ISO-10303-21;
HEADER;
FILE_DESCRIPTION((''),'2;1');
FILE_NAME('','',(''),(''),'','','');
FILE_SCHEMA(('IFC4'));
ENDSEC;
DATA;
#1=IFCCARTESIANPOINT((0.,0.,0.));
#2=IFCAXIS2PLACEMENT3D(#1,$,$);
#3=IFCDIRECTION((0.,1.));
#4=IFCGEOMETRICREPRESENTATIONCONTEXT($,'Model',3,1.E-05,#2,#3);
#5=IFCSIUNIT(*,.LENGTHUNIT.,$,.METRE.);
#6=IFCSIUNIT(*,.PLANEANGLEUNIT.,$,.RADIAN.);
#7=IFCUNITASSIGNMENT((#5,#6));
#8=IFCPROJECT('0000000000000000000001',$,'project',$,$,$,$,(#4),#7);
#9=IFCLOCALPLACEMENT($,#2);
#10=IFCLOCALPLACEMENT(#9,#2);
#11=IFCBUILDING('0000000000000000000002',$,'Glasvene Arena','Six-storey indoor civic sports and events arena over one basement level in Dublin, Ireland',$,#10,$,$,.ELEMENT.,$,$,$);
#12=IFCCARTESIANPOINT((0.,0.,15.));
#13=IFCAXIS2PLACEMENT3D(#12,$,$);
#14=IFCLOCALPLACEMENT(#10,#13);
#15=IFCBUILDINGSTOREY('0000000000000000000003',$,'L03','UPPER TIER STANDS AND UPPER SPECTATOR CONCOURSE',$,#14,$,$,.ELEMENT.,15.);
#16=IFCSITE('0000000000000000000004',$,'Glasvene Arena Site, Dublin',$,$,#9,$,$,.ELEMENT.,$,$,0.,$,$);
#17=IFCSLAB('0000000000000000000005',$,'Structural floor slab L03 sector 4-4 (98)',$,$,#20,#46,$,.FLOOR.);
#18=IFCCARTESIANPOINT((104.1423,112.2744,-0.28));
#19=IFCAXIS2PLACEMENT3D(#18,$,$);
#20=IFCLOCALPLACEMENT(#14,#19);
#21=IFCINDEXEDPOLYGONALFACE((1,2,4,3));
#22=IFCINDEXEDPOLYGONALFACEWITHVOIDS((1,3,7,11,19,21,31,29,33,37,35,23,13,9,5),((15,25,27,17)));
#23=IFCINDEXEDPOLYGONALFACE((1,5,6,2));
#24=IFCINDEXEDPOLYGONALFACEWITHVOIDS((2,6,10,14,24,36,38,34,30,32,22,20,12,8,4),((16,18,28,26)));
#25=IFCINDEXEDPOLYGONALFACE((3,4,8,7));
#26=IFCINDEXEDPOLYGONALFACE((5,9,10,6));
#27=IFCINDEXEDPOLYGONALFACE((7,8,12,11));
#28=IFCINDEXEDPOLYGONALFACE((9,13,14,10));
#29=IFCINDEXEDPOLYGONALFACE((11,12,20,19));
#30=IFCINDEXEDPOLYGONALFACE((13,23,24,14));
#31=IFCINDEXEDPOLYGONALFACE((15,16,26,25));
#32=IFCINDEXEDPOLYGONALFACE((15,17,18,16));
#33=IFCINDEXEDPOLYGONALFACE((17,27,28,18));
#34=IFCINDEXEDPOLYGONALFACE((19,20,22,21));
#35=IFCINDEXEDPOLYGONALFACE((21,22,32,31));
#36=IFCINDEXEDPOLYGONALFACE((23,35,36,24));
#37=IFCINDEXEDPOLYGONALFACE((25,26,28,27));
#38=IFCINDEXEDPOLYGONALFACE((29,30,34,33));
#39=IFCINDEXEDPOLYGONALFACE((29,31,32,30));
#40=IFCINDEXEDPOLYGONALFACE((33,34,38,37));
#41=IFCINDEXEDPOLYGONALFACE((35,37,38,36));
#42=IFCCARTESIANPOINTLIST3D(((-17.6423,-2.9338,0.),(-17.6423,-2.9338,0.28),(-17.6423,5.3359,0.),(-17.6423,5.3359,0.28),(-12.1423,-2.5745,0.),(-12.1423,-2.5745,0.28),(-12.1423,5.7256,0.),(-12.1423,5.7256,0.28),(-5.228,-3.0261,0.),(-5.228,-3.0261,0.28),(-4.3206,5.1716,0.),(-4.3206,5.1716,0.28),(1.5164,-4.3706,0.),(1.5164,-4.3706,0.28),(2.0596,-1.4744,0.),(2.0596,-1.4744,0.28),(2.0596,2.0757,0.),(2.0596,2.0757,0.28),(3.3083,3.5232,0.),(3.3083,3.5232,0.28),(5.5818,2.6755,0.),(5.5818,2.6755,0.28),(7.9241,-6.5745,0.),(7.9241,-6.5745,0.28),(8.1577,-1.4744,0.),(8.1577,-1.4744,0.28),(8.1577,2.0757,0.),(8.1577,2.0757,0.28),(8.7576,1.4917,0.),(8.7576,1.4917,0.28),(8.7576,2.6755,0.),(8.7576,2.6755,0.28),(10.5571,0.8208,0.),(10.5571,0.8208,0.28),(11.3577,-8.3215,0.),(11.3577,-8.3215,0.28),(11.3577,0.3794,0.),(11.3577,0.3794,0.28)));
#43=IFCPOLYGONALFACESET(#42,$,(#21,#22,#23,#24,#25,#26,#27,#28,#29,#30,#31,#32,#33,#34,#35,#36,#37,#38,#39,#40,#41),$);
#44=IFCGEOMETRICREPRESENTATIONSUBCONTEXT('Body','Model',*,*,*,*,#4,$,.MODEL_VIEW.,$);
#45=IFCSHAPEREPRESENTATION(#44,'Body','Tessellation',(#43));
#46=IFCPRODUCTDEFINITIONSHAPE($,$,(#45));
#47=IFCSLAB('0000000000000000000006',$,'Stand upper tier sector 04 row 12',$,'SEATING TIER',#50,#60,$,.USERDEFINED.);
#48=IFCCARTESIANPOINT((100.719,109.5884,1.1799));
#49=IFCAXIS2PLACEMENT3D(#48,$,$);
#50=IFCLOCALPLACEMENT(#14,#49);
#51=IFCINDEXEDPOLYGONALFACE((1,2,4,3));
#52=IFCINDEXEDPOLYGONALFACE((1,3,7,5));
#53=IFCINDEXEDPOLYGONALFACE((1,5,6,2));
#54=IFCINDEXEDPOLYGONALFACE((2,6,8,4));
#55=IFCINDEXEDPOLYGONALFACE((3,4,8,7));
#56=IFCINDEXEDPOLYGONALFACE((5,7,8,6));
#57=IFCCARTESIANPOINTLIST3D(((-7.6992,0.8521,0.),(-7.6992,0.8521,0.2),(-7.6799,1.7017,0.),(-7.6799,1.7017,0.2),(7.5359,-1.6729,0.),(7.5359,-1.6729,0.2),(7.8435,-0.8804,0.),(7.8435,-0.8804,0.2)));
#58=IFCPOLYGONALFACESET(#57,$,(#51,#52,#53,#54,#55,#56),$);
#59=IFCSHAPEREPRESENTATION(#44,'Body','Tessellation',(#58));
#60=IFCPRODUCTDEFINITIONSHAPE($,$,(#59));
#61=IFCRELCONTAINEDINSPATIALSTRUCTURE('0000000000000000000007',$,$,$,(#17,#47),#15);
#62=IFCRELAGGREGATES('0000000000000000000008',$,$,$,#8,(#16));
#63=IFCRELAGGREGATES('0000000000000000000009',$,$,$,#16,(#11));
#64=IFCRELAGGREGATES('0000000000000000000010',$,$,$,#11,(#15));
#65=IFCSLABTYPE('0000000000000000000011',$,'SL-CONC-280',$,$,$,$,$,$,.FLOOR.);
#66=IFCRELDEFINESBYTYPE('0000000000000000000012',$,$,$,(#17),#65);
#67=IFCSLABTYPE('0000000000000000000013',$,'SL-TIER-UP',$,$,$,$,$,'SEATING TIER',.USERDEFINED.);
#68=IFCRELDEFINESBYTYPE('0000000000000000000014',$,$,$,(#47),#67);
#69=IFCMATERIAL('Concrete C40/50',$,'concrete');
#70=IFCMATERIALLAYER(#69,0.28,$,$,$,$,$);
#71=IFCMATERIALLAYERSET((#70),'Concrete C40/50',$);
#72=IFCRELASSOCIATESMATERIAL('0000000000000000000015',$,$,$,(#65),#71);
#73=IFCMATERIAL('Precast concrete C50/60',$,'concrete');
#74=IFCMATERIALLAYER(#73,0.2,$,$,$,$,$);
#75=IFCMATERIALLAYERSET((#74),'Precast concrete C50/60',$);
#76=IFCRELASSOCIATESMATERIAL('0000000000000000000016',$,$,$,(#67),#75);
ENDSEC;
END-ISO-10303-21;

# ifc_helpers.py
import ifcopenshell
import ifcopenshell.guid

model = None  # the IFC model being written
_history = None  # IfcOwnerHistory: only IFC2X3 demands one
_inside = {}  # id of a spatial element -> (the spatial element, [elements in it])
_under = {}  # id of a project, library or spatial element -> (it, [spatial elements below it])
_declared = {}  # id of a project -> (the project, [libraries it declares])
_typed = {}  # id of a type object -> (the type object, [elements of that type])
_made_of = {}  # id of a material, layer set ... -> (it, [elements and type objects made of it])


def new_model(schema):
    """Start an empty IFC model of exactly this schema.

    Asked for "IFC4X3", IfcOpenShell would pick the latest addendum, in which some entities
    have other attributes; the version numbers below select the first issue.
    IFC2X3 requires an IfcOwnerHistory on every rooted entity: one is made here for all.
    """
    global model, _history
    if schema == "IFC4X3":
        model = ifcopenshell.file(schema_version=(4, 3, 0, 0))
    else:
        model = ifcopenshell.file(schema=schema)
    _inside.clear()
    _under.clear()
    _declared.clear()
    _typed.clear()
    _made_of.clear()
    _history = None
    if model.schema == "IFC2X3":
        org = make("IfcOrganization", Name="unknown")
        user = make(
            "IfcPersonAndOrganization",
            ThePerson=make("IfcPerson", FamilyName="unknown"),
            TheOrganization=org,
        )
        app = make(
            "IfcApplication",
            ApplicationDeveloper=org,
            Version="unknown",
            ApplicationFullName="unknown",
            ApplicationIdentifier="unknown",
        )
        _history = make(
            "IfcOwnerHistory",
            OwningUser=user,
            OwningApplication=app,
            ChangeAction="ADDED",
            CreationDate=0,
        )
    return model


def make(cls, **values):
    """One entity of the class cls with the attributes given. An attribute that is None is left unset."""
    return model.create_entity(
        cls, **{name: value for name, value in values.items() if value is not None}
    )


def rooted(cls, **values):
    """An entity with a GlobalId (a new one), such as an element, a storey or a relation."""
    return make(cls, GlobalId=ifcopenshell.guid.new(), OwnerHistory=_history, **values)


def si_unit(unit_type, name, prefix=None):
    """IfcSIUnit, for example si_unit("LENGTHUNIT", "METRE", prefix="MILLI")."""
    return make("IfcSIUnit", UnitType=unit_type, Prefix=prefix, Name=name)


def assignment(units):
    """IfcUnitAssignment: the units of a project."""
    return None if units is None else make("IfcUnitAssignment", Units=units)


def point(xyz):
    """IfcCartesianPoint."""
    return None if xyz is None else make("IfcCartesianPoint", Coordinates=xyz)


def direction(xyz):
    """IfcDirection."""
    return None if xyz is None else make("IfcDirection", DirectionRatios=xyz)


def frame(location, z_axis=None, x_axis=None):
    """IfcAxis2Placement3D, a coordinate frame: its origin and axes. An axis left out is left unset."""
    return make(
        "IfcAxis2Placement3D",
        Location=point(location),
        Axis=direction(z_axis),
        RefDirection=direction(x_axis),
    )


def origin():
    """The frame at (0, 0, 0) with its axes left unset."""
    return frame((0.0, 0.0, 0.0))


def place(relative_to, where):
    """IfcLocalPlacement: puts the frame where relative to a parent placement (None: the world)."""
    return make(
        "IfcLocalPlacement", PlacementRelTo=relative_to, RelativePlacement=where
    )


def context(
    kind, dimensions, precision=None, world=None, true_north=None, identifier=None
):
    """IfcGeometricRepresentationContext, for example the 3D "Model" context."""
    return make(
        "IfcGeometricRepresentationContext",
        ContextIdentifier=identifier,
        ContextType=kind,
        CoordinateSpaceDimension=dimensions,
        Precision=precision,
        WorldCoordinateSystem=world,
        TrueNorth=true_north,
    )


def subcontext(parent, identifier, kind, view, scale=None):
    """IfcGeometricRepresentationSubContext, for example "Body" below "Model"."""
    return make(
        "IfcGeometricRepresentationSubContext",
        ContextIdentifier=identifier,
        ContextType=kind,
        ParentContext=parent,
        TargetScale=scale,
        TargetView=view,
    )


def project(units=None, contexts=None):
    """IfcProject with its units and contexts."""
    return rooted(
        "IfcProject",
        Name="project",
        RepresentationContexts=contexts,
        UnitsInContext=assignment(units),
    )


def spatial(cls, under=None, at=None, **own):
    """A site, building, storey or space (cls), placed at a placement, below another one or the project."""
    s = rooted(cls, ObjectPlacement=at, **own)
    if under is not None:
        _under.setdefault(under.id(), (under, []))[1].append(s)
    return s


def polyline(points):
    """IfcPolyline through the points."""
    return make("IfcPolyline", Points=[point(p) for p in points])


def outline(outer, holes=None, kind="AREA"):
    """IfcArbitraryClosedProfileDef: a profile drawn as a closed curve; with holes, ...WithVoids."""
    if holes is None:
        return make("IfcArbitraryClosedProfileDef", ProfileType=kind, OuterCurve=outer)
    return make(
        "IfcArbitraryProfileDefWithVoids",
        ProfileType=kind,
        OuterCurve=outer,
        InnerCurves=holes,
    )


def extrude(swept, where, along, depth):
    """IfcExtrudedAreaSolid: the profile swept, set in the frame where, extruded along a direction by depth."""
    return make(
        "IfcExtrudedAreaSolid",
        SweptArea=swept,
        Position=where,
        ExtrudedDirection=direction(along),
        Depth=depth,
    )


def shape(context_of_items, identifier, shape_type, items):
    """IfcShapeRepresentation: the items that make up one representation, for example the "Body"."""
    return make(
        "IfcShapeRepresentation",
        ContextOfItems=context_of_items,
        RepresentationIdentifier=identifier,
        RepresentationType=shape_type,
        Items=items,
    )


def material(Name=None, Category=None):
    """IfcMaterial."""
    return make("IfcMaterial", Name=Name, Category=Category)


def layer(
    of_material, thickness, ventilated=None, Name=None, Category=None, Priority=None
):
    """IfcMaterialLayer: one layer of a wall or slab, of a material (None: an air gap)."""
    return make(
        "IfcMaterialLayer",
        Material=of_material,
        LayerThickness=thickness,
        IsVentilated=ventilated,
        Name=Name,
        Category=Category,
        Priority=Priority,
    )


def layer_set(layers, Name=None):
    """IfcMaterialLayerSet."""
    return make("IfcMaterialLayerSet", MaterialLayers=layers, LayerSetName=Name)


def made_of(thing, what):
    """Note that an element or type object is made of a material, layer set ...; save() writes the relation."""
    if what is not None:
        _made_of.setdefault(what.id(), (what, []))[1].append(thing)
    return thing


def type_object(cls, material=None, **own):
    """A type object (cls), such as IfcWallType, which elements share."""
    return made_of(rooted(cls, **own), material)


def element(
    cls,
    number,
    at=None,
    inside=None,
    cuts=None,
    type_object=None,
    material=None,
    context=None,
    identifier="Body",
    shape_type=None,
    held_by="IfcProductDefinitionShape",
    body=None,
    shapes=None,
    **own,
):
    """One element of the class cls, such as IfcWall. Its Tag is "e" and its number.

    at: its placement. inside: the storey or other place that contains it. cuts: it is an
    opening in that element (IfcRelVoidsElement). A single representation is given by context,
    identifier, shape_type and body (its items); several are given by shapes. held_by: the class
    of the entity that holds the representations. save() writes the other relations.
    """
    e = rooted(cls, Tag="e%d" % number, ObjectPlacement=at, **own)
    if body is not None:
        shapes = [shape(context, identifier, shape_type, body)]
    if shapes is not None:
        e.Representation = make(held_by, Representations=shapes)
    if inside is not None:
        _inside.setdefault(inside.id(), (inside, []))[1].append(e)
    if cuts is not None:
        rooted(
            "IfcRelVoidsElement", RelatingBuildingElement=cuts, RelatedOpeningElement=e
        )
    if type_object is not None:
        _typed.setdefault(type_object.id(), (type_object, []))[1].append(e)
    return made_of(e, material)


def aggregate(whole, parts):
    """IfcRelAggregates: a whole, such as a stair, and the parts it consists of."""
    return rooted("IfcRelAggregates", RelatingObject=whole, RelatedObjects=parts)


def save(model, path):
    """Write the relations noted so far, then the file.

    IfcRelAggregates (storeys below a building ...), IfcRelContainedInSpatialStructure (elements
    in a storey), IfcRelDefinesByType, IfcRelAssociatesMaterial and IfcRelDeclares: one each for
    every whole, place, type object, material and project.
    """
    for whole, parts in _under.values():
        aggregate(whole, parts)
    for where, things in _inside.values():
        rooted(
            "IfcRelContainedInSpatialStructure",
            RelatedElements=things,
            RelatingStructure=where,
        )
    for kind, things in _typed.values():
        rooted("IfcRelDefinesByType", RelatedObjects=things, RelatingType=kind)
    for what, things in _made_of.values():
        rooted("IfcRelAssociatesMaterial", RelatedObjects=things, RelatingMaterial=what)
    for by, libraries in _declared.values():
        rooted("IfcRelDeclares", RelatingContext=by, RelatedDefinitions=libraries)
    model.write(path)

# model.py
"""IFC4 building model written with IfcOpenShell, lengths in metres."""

from ifc_helpers import new_model, si_unit, direction, frame, origin, place, context, subcontext, project, spatial, polyline, outline, extrude, material, layer, layer_set, type_object, element, save


model = new_model("IFC4")

# Units and contexts
model_context = context("Model", 3, precision=1e-05, world=origin(), true_north=direction((0.0, 1.0)))
body_context = subcontext(model_context, "Body", "Model", "MODEL_VIEW")
ifc_project = project(units=[si_unit("LENGTHUNIT", "METRE"), si_unit("PLANEANGLEUNIT", "RADIAN")], contexts=[model_context])

# Site, building, storey
site_placement = place(None, origin())
site = spatial("IfcSite", under=ifc_project, at=site_placement, Name="Glasvene Arena Site, Dublin", CompositionType="ELEMENT", RefElevation=0.0)
building_placement = place(site_placement, origin())
building = spatial("IfcBuilding", under=site, at=building_placement, Name="Glasvene Arena", Description="Six-storey indoor civic sports and events arena over one basement level in Dublin, Ireland", CompositionType="ELEMENT")
storey_placement = place(building_placement, frame((0.0, 0.0, 15.0)))
storey = spatial("IfcBuildingStorey", under=building, at=storey_placement, Name="L03", Description="UPPER TIER STANDS AND UPPER SPECTATOR CONCOURSE", CompositionType="ELEMENT", Elevation=15.0)

# Shared definitions
ifc_material_1 = material(Name="Precast concrete C50/60", Category="concrete")

# Slab
ifc_material_2 = material(Name="Concrete C40/50", Category="concrete")
ifc_layer_1 = layer(ifc_material_2, 0.28)
ifc_layer_set_1 = layer_set([ifc_layer_1], Name="Concrete C40/50")
slab_type_1 = type_object("IfcSlabType", Name="SL-CONC-280", PredefinedType="FLOOR", material=ifc_layer_set_1)
slab_1_placement = place(storey_placement, frame((104.1423, 112.2744, -0.28)))
element("IfcSlab", 1, at=slab_1_placement, inside=storey, type_object=slab_type_1, Name="Structural floor slab L03 sector 4-4 (98)", PredefinedType="FLOOR", context=body_context, shape_type="SweptSolid", body=[
    extrude(outline(polyline([(-4.3206, 5.1716), (3.3083, 3.5232), (5.5818, 2.6755), (8.7576, 2.6755), (8.7576, 1.4917), (10.5571, 0.8208), (11.3577, 0.3794), (11.3577, -8.3215), (7.9241, -6.5745), (1.5164, -4.3706), (-5.228, -3.0261), (-12.1423, -2.5745), (-17.6423, -2.9338), (-17.6423, 5.3359), (-12.1423, 5.7256), (-4.3206, 5.1716)]), holes=[polyline([(8.1577, -1.4744), (8.1577, 2.0757), (2.0596, 2.0757), (2.0596, -1.4744), (8.1577, -1.4744)])]), origin(), (0.0, 0.0, 1.0), 0.28),
])

# Slab
ifc_layer_2 = layer(ifc_material_1, 0.2)
ifc_layer_set_2 = layer_set([ifc_layer_2], Name="Precast concrete C50/60")
slab_type_2 = type_object("IfcSlabType", Name="SL-TIER-UP", ElementType="SEATING TIER", PredefinedType="USERDEFINED", material=ifc_layer_set_2)
slab_2_placement = place(storey_placement, frame((100.719, 109.5884, 1.1799)))
element("IfcSlab", 2, at=slab_2_placement, inside=storey, type_object=slab_type_2, Name="Stand upper tier sector 04 row 12", ObjectType="SEATING TIER", PredefinedType="USERDEFINED", context=body_context, shape_type="SweptSolid", body=[
    extrude(outline(polyline([(7.5359, -1.6729), (-7.6992, 0.8521), (-7.6799, 1.7017), (7.8435, -0.8804), (7.5359, -1.6729)])), origin(), (0.0, 0.0, 1.0), 0.2),
])

save(model, "model.ifc")
